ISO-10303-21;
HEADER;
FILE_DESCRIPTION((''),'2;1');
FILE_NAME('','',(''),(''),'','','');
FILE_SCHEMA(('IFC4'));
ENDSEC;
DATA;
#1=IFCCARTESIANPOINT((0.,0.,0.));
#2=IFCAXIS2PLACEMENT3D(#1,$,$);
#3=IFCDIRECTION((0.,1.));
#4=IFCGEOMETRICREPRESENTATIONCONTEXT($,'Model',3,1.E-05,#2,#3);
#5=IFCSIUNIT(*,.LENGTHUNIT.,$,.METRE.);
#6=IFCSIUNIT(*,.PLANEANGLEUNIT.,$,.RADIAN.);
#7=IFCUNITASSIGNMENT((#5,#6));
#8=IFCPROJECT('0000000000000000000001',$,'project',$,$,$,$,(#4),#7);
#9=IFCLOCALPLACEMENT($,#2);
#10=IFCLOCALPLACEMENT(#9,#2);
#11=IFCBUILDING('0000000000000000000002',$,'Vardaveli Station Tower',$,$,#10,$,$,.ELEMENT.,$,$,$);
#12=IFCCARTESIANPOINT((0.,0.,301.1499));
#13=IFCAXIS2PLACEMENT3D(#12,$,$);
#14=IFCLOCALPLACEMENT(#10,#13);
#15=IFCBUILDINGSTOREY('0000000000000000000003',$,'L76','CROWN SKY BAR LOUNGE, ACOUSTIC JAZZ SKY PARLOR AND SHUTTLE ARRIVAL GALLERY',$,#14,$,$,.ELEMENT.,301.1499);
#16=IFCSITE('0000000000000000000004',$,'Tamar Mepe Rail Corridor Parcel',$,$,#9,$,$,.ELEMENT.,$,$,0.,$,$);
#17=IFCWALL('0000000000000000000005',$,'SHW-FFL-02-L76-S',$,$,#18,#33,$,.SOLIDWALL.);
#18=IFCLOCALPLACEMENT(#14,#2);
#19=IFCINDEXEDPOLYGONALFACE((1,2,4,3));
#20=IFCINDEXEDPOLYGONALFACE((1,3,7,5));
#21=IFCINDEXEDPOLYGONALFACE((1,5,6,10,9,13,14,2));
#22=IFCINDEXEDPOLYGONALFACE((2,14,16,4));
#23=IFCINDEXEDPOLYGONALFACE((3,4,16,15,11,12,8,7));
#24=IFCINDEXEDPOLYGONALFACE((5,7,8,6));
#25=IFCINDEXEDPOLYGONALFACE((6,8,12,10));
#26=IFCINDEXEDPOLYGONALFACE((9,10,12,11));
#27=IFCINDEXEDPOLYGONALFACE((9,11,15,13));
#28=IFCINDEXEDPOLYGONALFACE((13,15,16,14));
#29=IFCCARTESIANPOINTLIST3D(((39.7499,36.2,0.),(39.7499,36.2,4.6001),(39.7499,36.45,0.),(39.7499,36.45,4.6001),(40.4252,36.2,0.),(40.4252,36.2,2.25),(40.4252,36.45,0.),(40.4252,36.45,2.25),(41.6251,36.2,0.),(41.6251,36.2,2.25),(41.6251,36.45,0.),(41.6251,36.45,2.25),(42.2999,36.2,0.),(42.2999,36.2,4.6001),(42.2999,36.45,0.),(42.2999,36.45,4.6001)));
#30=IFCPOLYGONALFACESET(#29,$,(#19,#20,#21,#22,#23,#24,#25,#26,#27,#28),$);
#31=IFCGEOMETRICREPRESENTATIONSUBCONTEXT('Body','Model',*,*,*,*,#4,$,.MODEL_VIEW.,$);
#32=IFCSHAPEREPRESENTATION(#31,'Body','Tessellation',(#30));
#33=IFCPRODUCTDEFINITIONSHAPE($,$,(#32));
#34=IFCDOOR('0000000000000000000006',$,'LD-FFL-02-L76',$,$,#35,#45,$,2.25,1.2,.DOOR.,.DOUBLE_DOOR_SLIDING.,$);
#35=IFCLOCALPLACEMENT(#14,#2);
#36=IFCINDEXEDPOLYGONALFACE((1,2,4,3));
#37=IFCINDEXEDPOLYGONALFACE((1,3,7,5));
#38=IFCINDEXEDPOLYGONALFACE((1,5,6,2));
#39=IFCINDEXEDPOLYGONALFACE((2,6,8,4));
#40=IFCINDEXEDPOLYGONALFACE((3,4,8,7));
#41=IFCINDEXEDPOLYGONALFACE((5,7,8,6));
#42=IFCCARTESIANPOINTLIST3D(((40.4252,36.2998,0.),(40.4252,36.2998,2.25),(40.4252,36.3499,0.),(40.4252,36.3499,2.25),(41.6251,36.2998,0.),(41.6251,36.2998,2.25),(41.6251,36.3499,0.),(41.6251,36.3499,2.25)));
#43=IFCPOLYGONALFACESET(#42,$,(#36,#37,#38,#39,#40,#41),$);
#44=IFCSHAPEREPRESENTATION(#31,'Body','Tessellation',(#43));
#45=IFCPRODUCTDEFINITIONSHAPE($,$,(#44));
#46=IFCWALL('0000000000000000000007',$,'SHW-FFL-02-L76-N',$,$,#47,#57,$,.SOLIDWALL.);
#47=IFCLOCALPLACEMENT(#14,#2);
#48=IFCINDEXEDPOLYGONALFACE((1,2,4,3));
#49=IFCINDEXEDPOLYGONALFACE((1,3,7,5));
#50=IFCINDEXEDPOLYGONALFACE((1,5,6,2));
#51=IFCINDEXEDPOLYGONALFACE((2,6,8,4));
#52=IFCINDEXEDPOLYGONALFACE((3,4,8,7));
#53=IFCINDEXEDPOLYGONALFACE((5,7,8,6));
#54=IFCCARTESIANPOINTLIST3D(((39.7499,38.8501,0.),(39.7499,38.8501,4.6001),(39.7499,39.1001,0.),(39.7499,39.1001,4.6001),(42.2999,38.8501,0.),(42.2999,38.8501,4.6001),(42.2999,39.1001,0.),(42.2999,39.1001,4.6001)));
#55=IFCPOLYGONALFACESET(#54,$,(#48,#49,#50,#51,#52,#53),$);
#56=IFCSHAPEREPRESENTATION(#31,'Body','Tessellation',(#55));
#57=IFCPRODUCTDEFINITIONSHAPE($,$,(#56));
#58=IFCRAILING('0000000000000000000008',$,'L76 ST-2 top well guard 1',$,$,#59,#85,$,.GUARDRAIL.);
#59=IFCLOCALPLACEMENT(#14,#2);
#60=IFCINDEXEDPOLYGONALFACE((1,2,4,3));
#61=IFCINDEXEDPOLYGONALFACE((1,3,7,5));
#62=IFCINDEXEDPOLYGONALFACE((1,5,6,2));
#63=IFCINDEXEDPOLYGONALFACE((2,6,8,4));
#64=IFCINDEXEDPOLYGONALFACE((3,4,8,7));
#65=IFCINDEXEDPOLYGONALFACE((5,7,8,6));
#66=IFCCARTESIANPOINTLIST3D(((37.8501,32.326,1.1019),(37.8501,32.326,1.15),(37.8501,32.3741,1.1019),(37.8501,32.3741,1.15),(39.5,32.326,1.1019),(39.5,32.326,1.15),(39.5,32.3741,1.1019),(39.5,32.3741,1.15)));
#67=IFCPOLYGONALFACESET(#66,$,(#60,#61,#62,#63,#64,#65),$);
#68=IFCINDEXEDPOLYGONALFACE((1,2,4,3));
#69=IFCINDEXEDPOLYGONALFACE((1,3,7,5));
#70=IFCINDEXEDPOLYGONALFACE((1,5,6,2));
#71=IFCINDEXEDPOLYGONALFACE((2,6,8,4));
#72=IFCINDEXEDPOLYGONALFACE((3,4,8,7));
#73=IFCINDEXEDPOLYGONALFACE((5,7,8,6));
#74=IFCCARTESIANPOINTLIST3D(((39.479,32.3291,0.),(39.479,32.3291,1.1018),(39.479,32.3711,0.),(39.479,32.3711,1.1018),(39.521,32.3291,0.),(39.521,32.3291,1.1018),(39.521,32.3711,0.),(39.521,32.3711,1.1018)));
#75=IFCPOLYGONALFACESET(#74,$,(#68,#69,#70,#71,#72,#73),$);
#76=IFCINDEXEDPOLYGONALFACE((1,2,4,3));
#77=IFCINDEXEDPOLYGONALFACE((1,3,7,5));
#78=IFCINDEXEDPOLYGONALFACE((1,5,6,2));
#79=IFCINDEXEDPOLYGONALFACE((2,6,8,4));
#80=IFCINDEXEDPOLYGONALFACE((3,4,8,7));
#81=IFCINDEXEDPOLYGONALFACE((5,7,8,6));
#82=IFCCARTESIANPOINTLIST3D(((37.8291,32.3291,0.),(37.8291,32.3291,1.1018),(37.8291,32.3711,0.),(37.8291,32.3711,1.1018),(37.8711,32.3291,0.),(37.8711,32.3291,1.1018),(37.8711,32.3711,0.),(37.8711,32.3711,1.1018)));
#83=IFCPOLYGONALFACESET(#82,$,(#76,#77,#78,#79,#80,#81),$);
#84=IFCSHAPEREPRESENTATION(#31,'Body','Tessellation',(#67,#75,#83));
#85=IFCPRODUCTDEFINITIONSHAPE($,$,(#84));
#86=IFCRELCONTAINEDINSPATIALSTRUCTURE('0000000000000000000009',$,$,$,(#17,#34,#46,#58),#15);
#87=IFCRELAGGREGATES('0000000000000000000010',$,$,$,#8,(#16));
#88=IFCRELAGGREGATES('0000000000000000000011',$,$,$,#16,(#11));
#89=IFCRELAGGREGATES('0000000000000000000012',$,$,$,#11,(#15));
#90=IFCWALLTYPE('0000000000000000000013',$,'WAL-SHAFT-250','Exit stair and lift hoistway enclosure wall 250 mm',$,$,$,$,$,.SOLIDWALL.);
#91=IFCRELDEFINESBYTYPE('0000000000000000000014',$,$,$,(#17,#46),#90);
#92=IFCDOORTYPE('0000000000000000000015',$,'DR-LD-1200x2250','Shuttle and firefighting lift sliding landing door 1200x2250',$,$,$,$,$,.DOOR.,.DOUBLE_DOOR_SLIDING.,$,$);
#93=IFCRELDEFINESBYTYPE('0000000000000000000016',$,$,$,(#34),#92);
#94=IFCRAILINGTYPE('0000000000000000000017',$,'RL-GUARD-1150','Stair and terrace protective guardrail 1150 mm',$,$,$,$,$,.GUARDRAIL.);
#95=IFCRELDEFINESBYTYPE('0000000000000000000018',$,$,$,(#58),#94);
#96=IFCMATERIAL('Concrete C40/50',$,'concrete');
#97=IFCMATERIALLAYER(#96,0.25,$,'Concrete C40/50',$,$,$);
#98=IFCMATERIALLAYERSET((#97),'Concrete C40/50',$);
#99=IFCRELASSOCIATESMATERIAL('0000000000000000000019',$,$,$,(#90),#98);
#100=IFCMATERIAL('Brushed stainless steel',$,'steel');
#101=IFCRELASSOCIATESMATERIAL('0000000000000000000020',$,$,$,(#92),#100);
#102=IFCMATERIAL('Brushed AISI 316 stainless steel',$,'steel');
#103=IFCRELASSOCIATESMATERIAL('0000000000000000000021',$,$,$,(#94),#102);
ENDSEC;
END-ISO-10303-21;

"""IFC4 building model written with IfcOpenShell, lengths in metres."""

from ifc_helpers import new_model, si_unit, direction, frame, frame_2d, origin, origin_2d, place, context, subcontext, project, spatial, rectangle, extrude, source, transform, mapped, material, layer, layer_set, type_object, element, fill, save


model = new_model("IFC4")

# Units and contexts
model_context = context("Model", 3, precision=1e-05, world=origin(), true_north=direction((0.0, 1.0)))
body_context = subcontext(model_context, "Body", "Model", "MODEL_VIEW")
ifc_project = project(units=[si_unit("LENGTHUNIT", "METRE"), si_unit("PLANEANGLEUNIT", "RADIAN")], contexts=[model_context])

# Site, building, storey
site_placement = place(None, origin())
site = spatial("IfcSite", under=ifc_project, at=site_placement, Name="Tamar Mepe Rail Corridor Parcel", CompositionType="ELEMENT", RefElevation=0.0)
building_placement = place(site_placement, origin())
building = spatial("IfcBuilding", under=site, at=building_placement, Name="Vardaveli Station Tower", CompositionType="ELEMENT")
storey_placement = place(building_placement, frame((0.0, 0.0, 301.1499)))
storey = spatial("IfcBuildingStorey", under=building, at=storey_placement, Name="L76", Description="CROWN SKY BAR LOUNGE, ACOUSTIC JAZZ SKY PARLOR AND SHUTTLE ARRIVAL GALLERY", CompositionType="ELEMENT", Elevation=301.1499)

# Shared definitions
ifc_material_1 = material(Name="Concrete C40/50", Category="concrete")
ifc_layer_1 = layer(ifc_material_1, 0.25, Name="Concrete C40/50")
ifc_layer_set_1 = layer_set([ifc_layer_1], Name="Concrete C40/50")
wall_type_1 = type_object("IfcWallType", Name="WAL-SHAFT-250", Description="Exit stair and lift hoistway enclosure wall 250 mm", PredefinedType="SOLIDWALL", material=ifc_layer_set_1)

# Shared definitions
shared_shape_1 = source(origin(), body_context, "Body", "SweptSolid", [
    extrude(rectangle(XDim=1.2, YDim=2.25, at=frame_2d((0.6001, 1.125))), frame((0.0, 0.135, 0.0), z_axis=(0.0, -1.0, 0.0), x_axis=(1.0, 0.0, 0.0)), (0.0, 0.0, 1.0), 0.27),
])
ifc_material_2 = material(Name="Brushed stainless steel", Category="steel")
door_type = type_object("IfcDoorType", Name="DR-LD-1200x2250", Description="Shuttle and firefighting lift sliding landing door 1200x2250", OperationType="DOUBLE_DOOR_SLIDING", PredefinedType="DOOR", material=ifc_material_2)
shared_shape_2 = source(origin(), body_context, "Body", "SweptSolid", [
    extrude(rectangle(XDim=1.2, YDim=2.25, at=frame_2d((0.6001, 1.125))), frame((0.0, 0.0249, 0.0), z_axis=(0.0, -1.0, 0.0), x_axis=(1.0, 0.0, 0.0)), (0.0, 0.0, 1.0), 0.05),
])

# Wall, opening, door
shared_shape_3 = source(origin(), body_context, "Body", "SweptSolid", [
    extrude(rectangle(XDim=2.55, YDim=0.25, at=frame_2d((1.2749, 0.0))), origin(), (0.0, 0.0, 1.0), 4.6001),
])
wall_1_placement = place(storey_placement, frame((39.75, 36.325, 0.0), z_axis=(0.0, 0.0, 1.0), x_axis=(1.0, 0.0, 0.0)))
wall_1 = element("IfcWall", 1, at=wall_1_placement, inside=storey, type_object=wall_type_1, Name="SHW-FFL-02-L76-S", PredefinedType="SOLIDWALL", context=body_context, shape_type="MappedRepresentation", body=[
    mapped(shared_shape_3, transform((0.0, 0.0, 0.0), scale=1.0)),
])
opening_1_placement = place(wall_1_placement, frame((0.675, 0.0, 0.0)))
opening_1 = element("IfcOpeningElement", 2, at=opening_1_placement, cuts=wall_1, PredefinedType="OPENING", context=body_context, shape_type="MappedRepresentation", body=[
    mapped(shared_shape_1, transform((0.0, 0.0, 0.0), scale=1.0)),
])
door_1_placement = place(opening_1_placement, origin())
door_1 = element("IfcDoor", 3, at=door_1_placement, inside=storey, type_object=door_type, Name="LD-FFL-02-L76", OperationType="DOUBLE_DOOR_SLIDING", OverallHeight=2.25, OverallWidth=1.2, PredefinedType="DOOR", context=body_context, shape_type="MappedRepresentation", body=[
    mapped(shared_shape_2, transform((0.0, 0.0, 0.0), scale=1.0)),
])
fill(opening_1, door_1)

# Wall
wall_2_placement = place(storey_placement, frame((39.75, 38.9751, 0.0), z_axis=(0.0, 0.0, 1.0), x_axis=(1.0, 0.0, 0.0)))
element("IfcWall", 4, at=wall_2_placement, inside=storey, type_object=wall_type_1, Name="SHW-FFL-02-L76-N", PredefinedType="SOLIDWALL", context=body_context, shape_type="MappedRepresentation", body=[
    mapped(shared_shape_3, transform((0.0, 0.0, 0.0), scale=1.0)),
])

# Railing
ifc_material_3 = material(Name="Brushed AISI 316 stainless steel", Category="steel")
railing_type = type_object("IfcRailingType", Name="RL-GUARD-1150", Description="Stair and terrace protective guardrail 1150 mm", PredefinedType="GUARDRAIL", material=ifc_material_3)
shared_shape_4 = source(origin(), body_context, "Body", "SweptSolid", [
    extrude(rectangle(XDim=0.0481, YDim=0.0481, at=origin_2d()), frame((0.0, 0.0, 1.126), z_axis=(-1.0, 0.0, 0.0), x_axis=(0.0, -1.0, 0.0)), (0.0, 0.0, 1.0), 1.6499),
    extrude(rectangle(XDim=0.042, YDim=0.042, at=origin_2d()), origin(), (0.0, 0.0, 1.0), 1.1018),
    extrude(rectangle(XDim=0.042, YDim=0.042, at=origin_2d()), frame((-1.6499, 0.0, 0.0)), (0.0, 0.0, 1.0), 1.1018),
])
railing_placement = place(storey_placement, frame((39.5, 32.3501, 0.0)))
element("IfcRailing", 5, at=railing_placement, inside=storey, type_object=railing_type, Name="L76 ST-2 top well guard 1", PredefinedType="GUARDRAIL", context=body_context, shape_type="MappedRepresentation", body=[
    mapped(shared_shape_4, transform((0.0, 0.0, 0.0), scale=1.0)),
])

save(model, "model.ifc")
